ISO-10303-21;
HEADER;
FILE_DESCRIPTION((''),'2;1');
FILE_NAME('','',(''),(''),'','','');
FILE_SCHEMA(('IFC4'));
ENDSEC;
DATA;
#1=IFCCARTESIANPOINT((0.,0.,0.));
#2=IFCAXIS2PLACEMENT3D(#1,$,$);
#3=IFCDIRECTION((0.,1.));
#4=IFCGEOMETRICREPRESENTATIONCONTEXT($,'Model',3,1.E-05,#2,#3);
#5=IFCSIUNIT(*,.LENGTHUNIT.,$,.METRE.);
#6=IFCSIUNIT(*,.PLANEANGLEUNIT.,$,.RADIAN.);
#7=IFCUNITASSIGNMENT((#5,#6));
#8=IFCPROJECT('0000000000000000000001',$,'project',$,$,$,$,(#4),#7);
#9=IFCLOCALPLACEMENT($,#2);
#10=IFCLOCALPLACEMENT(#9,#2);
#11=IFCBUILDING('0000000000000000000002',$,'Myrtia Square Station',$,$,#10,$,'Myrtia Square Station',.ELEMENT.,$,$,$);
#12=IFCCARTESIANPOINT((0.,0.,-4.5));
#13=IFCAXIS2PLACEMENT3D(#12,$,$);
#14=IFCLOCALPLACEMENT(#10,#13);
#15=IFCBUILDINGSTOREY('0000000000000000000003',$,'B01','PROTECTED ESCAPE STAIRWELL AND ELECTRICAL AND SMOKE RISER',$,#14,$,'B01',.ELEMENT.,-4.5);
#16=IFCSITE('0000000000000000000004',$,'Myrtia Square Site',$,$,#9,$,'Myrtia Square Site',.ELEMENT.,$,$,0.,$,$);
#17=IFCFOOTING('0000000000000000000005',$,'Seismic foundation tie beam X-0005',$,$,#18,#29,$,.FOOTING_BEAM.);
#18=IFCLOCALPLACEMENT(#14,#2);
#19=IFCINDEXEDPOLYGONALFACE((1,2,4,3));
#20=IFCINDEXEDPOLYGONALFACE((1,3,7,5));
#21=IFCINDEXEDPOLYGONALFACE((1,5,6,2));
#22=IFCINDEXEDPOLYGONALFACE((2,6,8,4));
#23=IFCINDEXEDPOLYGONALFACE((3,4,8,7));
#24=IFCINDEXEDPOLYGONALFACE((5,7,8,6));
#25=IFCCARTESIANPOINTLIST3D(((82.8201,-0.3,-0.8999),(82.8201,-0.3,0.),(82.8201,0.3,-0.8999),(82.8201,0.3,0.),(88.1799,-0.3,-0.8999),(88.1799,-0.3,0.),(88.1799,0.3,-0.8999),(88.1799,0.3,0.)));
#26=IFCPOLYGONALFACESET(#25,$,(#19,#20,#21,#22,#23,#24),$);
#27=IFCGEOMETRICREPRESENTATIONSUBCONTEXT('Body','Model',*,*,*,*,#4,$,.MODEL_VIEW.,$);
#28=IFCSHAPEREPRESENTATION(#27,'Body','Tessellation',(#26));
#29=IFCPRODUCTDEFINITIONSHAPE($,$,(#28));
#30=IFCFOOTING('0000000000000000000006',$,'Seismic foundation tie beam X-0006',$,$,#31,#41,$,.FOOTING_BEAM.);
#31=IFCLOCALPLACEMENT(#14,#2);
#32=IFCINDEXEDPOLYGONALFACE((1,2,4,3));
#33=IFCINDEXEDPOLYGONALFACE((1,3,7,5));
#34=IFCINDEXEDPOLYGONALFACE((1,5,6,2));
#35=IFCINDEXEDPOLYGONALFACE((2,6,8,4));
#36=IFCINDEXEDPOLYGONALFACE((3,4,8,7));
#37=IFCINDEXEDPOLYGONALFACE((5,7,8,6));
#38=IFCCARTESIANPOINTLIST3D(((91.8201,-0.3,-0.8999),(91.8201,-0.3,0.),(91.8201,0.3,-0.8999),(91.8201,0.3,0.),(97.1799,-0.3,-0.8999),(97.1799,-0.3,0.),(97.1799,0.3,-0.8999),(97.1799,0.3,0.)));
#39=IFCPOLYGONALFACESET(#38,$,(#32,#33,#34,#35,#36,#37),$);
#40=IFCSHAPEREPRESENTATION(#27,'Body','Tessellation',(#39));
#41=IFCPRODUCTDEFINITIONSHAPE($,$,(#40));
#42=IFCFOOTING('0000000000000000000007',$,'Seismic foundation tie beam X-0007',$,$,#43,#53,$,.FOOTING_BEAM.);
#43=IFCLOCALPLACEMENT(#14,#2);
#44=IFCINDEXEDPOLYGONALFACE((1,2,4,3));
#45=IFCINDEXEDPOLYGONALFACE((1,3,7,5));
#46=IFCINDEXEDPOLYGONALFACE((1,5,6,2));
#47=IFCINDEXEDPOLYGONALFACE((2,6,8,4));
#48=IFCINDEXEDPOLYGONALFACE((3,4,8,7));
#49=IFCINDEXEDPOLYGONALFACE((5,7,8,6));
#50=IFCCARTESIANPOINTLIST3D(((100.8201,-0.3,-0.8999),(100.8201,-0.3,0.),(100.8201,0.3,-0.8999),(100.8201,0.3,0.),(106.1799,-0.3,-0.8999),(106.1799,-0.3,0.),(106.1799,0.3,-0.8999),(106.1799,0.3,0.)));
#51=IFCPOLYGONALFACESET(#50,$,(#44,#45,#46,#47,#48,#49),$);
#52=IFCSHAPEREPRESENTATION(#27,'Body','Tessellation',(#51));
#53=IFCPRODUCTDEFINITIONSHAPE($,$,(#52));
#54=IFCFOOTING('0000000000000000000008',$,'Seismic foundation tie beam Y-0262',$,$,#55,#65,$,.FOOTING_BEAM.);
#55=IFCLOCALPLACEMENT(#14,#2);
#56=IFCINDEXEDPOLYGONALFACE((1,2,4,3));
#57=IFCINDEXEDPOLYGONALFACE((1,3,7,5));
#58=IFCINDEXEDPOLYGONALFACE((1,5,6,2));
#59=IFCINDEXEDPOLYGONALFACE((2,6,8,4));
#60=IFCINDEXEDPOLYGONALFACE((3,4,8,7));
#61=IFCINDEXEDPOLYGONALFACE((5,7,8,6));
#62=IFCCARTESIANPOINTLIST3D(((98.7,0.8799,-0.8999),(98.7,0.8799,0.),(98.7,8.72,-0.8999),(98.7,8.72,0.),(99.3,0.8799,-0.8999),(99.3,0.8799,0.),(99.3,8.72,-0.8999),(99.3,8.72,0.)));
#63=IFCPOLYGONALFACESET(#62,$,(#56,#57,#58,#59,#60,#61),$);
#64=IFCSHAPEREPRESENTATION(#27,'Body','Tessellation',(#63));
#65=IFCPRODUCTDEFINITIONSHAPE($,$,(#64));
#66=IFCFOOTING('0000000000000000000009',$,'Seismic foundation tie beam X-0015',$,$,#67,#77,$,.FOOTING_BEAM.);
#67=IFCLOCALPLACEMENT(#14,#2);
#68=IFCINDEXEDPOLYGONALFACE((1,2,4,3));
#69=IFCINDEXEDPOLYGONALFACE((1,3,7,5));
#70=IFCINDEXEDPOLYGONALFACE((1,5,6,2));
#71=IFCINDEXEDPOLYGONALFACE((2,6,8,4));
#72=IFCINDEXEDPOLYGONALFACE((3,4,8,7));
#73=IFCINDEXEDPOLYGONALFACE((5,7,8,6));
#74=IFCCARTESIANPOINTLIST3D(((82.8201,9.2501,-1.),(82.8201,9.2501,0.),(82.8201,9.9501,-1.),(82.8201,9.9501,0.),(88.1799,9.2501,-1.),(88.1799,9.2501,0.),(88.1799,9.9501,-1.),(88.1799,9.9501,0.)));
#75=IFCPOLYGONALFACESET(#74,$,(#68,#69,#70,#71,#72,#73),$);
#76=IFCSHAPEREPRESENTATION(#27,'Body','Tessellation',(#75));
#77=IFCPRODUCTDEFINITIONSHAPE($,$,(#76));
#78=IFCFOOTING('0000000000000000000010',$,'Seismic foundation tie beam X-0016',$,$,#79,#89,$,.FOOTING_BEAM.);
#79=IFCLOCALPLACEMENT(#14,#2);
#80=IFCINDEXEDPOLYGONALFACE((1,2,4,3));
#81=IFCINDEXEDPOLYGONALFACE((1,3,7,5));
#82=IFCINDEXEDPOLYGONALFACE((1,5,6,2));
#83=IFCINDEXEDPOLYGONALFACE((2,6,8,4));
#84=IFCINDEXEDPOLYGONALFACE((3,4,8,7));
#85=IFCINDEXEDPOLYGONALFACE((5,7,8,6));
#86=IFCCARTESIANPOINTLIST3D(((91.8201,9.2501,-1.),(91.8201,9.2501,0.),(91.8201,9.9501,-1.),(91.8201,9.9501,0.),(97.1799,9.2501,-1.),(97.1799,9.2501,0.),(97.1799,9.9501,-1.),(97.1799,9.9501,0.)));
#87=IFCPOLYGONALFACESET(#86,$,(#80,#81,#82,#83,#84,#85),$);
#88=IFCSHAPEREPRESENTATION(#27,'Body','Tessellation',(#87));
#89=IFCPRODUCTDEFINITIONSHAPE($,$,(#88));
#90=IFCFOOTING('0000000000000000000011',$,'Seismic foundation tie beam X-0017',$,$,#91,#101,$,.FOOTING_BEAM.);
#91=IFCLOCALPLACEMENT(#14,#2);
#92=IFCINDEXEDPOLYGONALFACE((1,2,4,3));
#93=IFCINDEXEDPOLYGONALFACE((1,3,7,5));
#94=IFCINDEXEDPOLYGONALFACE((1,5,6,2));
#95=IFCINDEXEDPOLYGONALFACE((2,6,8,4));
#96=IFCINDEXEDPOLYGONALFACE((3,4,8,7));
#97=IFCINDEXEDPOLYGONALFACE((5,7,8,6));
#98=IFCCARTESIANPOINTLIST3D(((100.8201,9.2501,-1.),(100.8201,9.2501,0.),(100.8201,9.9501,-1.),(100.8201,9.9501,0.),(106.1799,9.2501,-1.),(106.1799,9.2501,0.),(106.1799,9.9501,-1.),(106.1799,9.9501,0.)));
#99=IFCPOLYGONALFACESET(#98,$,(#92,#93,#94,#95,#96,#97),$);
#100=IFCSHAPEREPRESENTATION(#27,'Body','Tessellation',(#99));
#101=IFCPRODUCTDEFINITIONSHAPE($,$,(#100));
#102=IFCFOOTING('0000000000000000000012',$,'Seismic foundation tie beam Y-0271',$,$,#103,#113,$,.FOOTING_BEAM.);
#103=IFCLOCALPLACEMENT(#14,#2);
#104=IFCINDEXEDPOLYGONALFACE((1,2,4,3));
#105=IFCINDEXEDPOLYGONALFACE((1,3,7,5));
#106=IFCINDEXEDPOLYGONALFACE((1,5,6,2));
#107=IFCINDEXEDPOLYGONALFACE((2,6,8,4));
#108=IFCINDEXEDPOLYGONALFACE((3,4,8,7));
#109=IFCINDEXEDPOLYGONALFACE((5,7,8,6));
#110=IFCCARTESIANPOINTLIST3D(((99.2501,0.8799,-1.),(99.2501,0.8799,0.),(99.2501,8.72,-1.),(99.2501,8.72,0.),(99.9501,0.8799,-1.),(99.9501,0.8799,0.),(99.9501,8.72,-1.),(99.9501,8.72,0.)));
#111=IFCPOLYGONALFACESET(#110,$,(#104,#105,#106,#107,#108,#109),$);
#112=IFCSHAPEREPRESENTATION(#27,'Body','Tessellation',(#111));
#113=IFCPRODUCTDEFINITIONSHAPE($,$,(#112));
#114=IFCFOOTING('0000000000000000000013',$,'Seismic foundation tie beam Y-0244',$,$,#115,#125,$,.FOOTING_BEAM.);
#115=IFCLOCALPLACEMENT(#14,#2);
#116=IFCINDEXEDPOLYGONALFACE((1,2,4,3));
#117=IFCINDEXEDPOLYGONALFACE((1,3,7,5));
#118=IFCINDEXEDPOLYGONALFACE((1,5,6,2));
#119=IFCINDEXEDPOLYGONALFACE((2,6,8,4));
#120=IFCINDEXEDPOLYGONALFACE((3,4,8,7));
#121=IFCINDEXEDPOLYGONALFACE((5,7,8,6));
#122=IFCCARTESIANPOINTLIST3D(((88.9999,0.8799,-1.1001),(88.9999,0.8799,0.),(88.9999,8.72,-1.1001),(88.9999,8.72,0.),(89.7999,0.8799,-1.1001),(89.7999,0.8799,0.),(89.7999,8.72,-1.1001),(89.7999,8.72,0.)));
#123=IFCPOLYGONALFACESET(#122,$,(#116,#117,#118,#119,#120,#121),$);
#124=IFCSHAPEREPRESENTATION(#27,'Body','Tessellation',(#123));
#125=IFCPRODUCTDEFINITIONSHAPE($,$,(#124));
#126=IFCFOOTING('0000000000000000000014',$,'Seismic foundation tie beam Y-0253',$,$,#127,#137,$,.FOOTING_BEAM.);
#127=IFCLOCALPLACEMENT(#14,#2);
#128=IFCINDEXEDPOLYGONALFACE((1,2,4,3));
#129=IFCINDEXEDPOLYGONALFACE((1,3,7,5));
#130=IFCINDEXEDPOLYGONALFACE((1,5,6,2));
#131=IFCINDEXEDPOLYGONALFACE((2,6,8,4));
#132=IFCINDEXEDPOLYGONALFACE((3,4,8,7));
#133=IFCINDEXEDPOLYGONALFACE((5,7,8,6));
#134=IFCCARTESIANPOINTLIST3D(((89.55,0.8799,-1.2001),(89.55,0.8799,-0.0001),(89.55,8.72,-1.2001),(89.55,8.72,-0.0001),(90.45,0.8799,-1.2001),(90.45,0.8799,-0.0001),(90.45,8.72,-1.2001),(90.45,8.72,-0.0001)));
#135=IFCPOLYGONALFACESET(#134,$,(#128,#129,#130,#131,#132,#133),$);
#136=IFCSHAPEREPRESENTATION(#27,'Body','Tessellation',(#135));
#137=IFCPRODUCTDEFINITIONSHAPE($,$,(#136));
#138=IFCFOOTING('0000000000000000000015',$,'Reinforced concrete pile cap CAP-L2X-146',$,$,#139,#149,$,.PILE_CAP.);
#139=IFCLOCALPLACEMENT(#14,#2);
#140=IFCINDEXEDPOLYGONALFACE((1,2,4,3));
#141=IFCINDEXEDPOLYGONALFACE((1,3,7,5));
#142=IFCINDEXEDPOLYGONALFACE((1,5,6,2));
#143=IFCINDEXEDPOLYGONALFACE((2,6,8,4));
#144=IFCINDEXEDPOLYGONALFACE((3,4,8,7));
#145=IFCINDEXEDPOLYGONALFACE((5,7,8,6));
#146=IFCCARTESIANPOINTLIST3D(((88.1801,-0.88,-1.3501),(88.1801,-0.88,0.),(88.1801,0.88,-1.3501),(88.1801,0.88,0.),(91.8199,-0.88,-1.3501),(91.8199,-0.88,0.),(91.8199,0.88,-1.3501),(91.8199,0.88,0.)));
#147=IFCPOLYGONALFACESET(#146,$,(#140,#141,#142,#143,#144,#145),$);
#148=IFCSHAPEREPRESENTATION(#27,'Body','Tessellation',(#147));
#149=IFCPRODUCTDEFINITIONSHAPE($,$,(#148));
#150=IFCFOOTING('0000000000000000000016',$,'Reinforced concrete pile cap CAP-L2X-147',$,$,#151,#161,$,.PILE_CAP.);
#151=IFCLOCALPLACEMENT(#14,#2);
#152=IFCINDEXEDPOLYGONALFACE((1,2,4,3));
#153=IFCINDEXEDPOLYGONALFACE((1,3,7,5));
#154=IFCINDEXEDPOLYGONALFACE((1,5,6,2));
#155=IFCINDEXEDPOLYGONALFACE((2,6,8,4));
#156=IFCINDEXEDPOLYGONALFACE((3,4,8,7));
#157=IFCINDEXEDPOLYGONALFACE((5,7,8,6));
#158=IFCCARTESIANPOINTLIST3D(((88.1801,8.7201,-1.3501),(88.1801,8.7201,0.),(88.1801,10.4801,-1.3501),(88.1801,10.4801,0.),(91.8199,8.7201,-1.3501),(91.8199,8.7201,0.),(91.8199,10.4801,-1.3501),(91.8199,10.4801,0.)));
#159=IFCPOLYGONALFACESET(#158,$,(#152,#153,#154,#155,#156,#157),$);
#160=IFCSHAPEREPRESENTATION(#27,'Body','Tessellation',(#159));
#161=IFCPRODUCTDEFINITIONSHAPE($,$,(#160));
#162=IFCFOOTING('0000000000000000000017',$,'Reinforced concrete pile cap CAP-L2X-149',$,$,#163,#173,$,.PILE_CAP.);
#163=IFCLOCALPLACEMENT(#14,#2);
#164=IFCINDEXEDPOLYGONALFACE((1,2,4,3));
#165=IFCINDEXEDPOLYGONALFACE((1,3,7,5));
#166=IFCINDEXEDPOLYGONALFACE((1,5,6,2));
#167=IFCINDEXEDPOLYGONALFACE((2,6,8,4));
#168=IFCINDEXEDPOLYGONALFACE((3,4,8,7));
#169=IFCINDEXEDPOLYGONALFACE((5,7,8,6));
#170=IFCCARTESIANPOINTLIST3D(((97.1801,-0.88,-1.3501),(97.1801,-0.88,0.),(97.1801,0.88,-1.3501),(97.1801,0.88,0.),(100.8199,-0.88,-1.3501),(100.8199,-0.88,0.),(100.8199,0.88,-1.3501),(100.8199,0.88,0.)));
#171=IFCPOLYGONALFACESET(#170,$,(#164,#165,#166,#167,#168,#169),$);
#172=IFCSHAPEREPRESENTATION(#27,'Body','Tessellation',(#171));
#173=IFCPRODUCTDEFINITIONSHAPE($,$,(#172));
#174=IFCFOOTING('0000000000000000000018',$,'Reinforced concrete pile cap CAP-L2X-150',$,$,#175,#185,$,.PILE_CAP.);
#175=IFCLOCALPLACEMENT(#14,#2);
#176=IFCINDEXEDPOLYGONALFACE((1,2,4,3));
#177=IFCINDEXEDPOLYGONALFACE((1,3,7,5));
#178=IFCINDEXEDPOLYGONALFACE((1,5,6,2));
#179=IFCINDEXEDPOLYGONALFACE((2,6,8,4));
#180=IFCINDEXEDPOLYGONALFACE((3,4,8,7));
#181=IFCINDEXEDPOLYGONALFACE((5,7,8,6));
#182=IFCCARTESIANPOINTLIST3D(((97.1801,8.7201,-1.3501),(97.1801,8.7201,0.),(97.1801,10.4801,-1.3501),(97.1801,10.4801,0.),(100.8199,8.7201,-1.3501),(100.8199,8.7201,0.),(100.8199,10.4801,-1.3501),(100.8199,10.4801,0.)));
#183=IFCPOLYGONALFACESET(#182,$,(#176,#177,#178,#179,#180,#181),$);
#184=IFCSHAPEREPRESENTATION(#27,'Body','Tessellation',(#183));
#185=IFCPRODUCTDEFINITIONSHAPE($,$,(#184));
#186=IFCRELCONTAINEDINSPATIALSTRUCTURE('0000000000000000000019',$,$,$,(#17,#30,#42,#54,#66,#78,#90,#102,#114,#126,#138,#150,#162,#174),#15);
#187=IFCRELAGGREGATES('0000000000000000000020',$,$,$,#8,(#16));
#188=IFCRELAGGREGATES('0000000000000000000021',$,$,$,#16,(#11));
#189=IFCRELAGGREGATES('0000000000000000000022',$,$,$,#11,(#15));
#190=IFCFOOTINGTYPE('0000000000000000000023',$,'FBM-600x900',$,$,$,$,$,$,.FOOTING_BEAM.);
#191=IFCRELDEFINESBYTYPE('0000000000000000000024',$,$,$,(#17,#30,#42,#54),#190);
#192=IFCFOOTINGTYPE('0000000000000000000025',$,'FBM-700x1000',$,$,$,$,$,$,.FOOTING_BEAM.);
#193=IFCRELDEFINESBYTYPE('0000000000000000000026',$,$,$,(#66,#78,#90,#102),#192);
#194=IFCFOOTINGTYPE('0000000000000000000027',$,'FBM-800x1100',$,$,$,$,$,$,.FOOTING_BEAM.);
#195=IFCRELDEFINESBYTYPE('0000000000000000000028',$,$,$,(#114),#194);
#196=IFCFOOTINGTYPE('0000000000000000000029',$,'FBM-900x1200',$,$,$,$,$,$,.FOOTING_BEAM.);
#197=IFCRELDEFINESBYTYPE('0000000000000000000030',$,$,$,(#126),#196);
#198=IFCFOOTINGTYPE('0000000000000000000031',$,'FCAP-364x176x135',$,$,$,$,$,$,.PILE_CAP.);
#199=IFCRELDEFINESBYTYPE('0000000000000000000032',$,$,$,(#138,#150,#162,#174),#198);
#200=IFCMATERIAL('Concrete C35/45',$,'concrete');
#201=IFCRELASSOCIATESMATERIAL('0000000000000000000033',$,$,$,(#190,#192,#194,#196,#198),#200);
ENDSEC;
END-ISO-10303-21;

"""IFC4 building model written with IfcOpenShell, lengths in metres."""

from ifc_helpers import new_model, si_unit, direction, frame, origin, origin_2d, place, context, subcontext, project, spatial, rectangle, extrude, material, material_profile, profile_set, type_object, element, save


model = new_model("IFC4")

# Units and contexts
model_context = context("Model", 3, precision=1e-05, world=origin(), true_north=direction((0.0, 1.0)))
body_context = subcontext(model_context, "Body", "Model", "MODEL_VIEW")
ifc_project = project(units=[si_unit("LENGTHUNIT", "METRE"), si_unit("PLANEANGLEUNIT", "RADIAN")], contexts=[model_context])

# Site, building, storey
site_placement = place(None, origin())
site = spatial("IfcSite", under=ifc_project, at=site_placement, Name="Myrtia Square Site", LongName="Myrtia Square Site", CompositionType="ELEMENT", RefElevation=0.0)
building_placement = place(site_placement, origin())
building = spatial("IfcBuilding", under=site, at=building_placement, Name="Myrtia Square Station", LongName="Myrtia Square Station", CompositionType="ELEMENT")
storey_placement = place(building_placement, frame((0.0, 0.0, -4.5)))
storey = spatial("IfcBuildingStorey", under=building, at=storey_placement, Name="B01", Description="PROTECTED ESCAPE STAIRWELL AND ELECTRICAL AND SMOKE RISER", LongName="B01", CompositionType="ELEMENT", Elevation=-4.5)

# Footings
ifc_material_1 = material(Name="Concrete C35/45", Category="concrete")
ifc_material_profile_1 = material_profile(ifc_material_1, rectangle(XDim=0.6001, YDim=0.8999, at=origin_2d()), Name="FB 600x900")
ifc_profile_set_1 = profile_set([ifc_material_profile_1], Name="Concrete C35/45")
footing_type_1 = type_object("IfcFootingType", Name="FBM-600x900", PredefinedType="FOOTING_BEAM", material=ifc_profile_set_1)
for number, where, z_axis, x_axis, name in (
    (1, (82.8201, 0.0, -0.45), (1.0, 0.0, 0.0), (0.0, 1.0, 0.0), "Seismic foundation tie beam X-0005"),
    (2, (91.8201, 0.0, -0.45), (1.0, 0.0, 0.0), (0.0, 1.0, 0.0), "Seismic foundation tie beam X-0006"),
    (3, (100.8201, 0.0, -0.45), (1.0, 0.0, 0.0), (0.0, 1.0, 0.0), "Seismic foundation tie beam X-0007"),
):
    element("IfcFooting", number, at=place(storey_placement, frame(where, z_axis=z_axis, x_axis=x_axis)), inside=storey, type_object=footing_type_1, Name=name, PredefinedType="FOOTING_BEAM", context=body_context, shape_type="SweptSolid", body=[
        extrude(rectangle(XDim=0.6001, YDim=0.8999, at=origin_2d()), origin(), (0.0, 0.0, 1.0), 5.3599),
    ])
footing_1_placement = place(storey_placement, frame((99.0, 0.8799, -0.45), z_axis=(0.0, 1.0, 0.0), x_axis=(-1.0, 0.0, 0.0)))
element("IfcFooting", 4, at=footing_1_placement, inside=storey, type_object=footing_type_1, Name="Seismic foundation tie beam Y-0262", PredefinedType="FOOTING_BEAM", context=body_context, shape_type="SweptSolid", body=[
    extrude(rectangle(XDim=0.6001, YDim=0.8999, at=origin_2d()), origin(), (0.0, 0.0, 1.0), 7.8401),
])
ifc_material_profile_2 = material_profile(ifc_material_1, rectangle(XDim=0.7, YDim=1.0, at=origin_2d()), Name="FB 700x1000")
ifc_profile_set_2 = profile_set([ifc_material_profile_2], Name="Concrete C35/45")
footing_type_2 = type_object("IfcFootingType", Name="FBM-700x1000", PredefinedType="FOOTING_BEAM", material=ifc_profile_set_2)
for number, where, z_axis, x_axis, name in (
    (5, (82.8201, 9.6001, -0.5), (1.0, 0.0, 0.0), (0.0, 1.0, 0.0), "Seismic foundation tie beam X-0015"),
    (6, (91.8201, 9.6001, -0.5), (1.0, 0.0, 0.0), (0.0, 1.0, 0.0), "Seismic foundation tie beam X-0016"),
    (7, (100.8201, 9.6001, -0.5), (1.0, 0.0, 0.0), (0.0, 1.0, 0.0), "Seismic foundation tie beam X-0017"),
):
    element("IfcFooting", number, at=place(storey_placement, frame(where, z_axis=z_axis, x_axis=x_axis)), inside=storey, type_object=footing_type_2, Name=name, PredefinedType="FOOTING_BEAM", context=body_context, shape_type="SweptSolid", body=[
        extrude(rectangle(XDim=0.7, YDim=1.0, at=origin_2d()), origin(), (0.0, 0.0, 1.0), 5.3599),
    ])
footing_2_placement = place(storey_placement, frame((99.6001, 0.8799, -0.5), z_axis=(0.0, 1.0, 0.0), x_axis=(-1.0, 0.0, 0.0)))
element("IfcFooting", 8, at=footing_2_placement, inside=storey, type_object=footing_type_2, Name="Seismic foundation tie beam Y-0271", PredefinedType="FOOTING_BEAM", context=body_context, shape_type="SweptSolid", body=[
    extrude(rectangle(XDim=0.7, YDim=1.0, at=origin_2d()), origin(), (0.0, 0.0, 1.0), 7.8401),
])
ifc_material_profile_3 = material_profile(ifc_material_1, rectangle(XDim=0.8, YDim=1.1001, at=origin_2d()), Name="FB 800x1100")
ifc_profile_set_3 = profile_set([ifc_material_profile_3], Name="Concrete C35/45")
footing_type_3 = type_object("IfcFootingType", Name="FBM-800x1100", PredefinedType="FOOTING_BEAM", material=ifc_profile_set_3)
footing_3_placement = place(storey_placement, frame((89.3999, 0.8799, -0.55), z_axis=(0.0, 1.0, 0.0), x_axis=(-1.0, 0.0, 0.0)))
element("IfcFooting", 9, at=footing_3_placement, inside=storey, type_object=footing_type_3, Name="Seismic foundation tie beam Y-0244", PredefinedType="FOOTING_BEAM", context=body_context, shape_type="SweptSolid", body=[
    extrude(rectangle(XDim=0.8, YDim=1.1001, at=origin_2d()), origin(), (0.0, 0.0, 1.0), 7.8401),
])
ifc_material_profile_4 = material_profile(ifc_material_1, rectangle(XDim=0.8999, YDim=1.2, at=origin_2d()), Name="FB 900x1200")
ifc_profile_set_4 = profile_set([ifc_material_profile_4], Name="Concrete C35/45")
footing_type_4 = type_object("IfcFootingType", Name="FBM-900x1200", PredefinedType="FOOTING_BEAM", material=ifc_profile_set_4)
footing_4_placement = place(storey_placement, frame((90.0, 0.8799, -0.6001), z_axis=(0.0, 1.0, 0.0), x_axis=(-1.0, 0.0, 0.0)))
element("IfcFooting", 10, at=footing_4_placement, inside=storey, type_object=footing_type_4, Name="Seismic foundation tie beam Y-0253", PredefinedType="FOOTING_BEAM", context=body_context, shape_type="SweptSolid", body=[
    extrude(rectangle(XDim=0.8999, YDim=1.2, at=origin_2d()), origin(), (0.0, 0.0, 1.0), 7.8401),
])
footing_type_5 = type_object("IfcFootingType", Name="FCAP-364x176x135", PredefinedType="PILE_CAP", material=ifc_material_1)
for number, where, z_axis, x_axis, name in (
    (11, (90.0, 0.0, -1.3501), (0.0, 0.0, 1.0), (1.0, 0.0, 0.0), "Reinforced concrete pile cap CAP-L2X-146"),
    (12, (90.0, 9.6001, -1.3501), (0.0, 0.0, 1.0), (1.0, 0.0, 0.0), "Reinforced concrete pile cap CAP-L2X-147"),
    (13, (99.0, 0.0, -1.3501), (0.0, 0.0, 1.0), (1.0, 0.0, 0.0), "Reinforced concrete pile cap CAP-L2X-149"),
    (14, (99.0, 9.6001, -1.3501), (0.0, 0.0, 1.0), (1.0, 0.0, 0.0), "Reinforced concrete pile cap CAP-L2X-150"),
):
    element("IfcFooting", number, at=place(storey_placement, frame(where, z_axis=z_axis, x_axis=x_axis)), inside=storey, type_object=footing_type_5, Name=name, PredefinedType="PILE_CAP", context=body_context, shape_type="SweptSolid", body=[
        extrude(rectangle(XDim=3.6399, YDim=1.76, at=origin_2d()), origin(), (0.0, 0.0, 1.0), 1.3501),
    ])

save(model, "model.ifc")
